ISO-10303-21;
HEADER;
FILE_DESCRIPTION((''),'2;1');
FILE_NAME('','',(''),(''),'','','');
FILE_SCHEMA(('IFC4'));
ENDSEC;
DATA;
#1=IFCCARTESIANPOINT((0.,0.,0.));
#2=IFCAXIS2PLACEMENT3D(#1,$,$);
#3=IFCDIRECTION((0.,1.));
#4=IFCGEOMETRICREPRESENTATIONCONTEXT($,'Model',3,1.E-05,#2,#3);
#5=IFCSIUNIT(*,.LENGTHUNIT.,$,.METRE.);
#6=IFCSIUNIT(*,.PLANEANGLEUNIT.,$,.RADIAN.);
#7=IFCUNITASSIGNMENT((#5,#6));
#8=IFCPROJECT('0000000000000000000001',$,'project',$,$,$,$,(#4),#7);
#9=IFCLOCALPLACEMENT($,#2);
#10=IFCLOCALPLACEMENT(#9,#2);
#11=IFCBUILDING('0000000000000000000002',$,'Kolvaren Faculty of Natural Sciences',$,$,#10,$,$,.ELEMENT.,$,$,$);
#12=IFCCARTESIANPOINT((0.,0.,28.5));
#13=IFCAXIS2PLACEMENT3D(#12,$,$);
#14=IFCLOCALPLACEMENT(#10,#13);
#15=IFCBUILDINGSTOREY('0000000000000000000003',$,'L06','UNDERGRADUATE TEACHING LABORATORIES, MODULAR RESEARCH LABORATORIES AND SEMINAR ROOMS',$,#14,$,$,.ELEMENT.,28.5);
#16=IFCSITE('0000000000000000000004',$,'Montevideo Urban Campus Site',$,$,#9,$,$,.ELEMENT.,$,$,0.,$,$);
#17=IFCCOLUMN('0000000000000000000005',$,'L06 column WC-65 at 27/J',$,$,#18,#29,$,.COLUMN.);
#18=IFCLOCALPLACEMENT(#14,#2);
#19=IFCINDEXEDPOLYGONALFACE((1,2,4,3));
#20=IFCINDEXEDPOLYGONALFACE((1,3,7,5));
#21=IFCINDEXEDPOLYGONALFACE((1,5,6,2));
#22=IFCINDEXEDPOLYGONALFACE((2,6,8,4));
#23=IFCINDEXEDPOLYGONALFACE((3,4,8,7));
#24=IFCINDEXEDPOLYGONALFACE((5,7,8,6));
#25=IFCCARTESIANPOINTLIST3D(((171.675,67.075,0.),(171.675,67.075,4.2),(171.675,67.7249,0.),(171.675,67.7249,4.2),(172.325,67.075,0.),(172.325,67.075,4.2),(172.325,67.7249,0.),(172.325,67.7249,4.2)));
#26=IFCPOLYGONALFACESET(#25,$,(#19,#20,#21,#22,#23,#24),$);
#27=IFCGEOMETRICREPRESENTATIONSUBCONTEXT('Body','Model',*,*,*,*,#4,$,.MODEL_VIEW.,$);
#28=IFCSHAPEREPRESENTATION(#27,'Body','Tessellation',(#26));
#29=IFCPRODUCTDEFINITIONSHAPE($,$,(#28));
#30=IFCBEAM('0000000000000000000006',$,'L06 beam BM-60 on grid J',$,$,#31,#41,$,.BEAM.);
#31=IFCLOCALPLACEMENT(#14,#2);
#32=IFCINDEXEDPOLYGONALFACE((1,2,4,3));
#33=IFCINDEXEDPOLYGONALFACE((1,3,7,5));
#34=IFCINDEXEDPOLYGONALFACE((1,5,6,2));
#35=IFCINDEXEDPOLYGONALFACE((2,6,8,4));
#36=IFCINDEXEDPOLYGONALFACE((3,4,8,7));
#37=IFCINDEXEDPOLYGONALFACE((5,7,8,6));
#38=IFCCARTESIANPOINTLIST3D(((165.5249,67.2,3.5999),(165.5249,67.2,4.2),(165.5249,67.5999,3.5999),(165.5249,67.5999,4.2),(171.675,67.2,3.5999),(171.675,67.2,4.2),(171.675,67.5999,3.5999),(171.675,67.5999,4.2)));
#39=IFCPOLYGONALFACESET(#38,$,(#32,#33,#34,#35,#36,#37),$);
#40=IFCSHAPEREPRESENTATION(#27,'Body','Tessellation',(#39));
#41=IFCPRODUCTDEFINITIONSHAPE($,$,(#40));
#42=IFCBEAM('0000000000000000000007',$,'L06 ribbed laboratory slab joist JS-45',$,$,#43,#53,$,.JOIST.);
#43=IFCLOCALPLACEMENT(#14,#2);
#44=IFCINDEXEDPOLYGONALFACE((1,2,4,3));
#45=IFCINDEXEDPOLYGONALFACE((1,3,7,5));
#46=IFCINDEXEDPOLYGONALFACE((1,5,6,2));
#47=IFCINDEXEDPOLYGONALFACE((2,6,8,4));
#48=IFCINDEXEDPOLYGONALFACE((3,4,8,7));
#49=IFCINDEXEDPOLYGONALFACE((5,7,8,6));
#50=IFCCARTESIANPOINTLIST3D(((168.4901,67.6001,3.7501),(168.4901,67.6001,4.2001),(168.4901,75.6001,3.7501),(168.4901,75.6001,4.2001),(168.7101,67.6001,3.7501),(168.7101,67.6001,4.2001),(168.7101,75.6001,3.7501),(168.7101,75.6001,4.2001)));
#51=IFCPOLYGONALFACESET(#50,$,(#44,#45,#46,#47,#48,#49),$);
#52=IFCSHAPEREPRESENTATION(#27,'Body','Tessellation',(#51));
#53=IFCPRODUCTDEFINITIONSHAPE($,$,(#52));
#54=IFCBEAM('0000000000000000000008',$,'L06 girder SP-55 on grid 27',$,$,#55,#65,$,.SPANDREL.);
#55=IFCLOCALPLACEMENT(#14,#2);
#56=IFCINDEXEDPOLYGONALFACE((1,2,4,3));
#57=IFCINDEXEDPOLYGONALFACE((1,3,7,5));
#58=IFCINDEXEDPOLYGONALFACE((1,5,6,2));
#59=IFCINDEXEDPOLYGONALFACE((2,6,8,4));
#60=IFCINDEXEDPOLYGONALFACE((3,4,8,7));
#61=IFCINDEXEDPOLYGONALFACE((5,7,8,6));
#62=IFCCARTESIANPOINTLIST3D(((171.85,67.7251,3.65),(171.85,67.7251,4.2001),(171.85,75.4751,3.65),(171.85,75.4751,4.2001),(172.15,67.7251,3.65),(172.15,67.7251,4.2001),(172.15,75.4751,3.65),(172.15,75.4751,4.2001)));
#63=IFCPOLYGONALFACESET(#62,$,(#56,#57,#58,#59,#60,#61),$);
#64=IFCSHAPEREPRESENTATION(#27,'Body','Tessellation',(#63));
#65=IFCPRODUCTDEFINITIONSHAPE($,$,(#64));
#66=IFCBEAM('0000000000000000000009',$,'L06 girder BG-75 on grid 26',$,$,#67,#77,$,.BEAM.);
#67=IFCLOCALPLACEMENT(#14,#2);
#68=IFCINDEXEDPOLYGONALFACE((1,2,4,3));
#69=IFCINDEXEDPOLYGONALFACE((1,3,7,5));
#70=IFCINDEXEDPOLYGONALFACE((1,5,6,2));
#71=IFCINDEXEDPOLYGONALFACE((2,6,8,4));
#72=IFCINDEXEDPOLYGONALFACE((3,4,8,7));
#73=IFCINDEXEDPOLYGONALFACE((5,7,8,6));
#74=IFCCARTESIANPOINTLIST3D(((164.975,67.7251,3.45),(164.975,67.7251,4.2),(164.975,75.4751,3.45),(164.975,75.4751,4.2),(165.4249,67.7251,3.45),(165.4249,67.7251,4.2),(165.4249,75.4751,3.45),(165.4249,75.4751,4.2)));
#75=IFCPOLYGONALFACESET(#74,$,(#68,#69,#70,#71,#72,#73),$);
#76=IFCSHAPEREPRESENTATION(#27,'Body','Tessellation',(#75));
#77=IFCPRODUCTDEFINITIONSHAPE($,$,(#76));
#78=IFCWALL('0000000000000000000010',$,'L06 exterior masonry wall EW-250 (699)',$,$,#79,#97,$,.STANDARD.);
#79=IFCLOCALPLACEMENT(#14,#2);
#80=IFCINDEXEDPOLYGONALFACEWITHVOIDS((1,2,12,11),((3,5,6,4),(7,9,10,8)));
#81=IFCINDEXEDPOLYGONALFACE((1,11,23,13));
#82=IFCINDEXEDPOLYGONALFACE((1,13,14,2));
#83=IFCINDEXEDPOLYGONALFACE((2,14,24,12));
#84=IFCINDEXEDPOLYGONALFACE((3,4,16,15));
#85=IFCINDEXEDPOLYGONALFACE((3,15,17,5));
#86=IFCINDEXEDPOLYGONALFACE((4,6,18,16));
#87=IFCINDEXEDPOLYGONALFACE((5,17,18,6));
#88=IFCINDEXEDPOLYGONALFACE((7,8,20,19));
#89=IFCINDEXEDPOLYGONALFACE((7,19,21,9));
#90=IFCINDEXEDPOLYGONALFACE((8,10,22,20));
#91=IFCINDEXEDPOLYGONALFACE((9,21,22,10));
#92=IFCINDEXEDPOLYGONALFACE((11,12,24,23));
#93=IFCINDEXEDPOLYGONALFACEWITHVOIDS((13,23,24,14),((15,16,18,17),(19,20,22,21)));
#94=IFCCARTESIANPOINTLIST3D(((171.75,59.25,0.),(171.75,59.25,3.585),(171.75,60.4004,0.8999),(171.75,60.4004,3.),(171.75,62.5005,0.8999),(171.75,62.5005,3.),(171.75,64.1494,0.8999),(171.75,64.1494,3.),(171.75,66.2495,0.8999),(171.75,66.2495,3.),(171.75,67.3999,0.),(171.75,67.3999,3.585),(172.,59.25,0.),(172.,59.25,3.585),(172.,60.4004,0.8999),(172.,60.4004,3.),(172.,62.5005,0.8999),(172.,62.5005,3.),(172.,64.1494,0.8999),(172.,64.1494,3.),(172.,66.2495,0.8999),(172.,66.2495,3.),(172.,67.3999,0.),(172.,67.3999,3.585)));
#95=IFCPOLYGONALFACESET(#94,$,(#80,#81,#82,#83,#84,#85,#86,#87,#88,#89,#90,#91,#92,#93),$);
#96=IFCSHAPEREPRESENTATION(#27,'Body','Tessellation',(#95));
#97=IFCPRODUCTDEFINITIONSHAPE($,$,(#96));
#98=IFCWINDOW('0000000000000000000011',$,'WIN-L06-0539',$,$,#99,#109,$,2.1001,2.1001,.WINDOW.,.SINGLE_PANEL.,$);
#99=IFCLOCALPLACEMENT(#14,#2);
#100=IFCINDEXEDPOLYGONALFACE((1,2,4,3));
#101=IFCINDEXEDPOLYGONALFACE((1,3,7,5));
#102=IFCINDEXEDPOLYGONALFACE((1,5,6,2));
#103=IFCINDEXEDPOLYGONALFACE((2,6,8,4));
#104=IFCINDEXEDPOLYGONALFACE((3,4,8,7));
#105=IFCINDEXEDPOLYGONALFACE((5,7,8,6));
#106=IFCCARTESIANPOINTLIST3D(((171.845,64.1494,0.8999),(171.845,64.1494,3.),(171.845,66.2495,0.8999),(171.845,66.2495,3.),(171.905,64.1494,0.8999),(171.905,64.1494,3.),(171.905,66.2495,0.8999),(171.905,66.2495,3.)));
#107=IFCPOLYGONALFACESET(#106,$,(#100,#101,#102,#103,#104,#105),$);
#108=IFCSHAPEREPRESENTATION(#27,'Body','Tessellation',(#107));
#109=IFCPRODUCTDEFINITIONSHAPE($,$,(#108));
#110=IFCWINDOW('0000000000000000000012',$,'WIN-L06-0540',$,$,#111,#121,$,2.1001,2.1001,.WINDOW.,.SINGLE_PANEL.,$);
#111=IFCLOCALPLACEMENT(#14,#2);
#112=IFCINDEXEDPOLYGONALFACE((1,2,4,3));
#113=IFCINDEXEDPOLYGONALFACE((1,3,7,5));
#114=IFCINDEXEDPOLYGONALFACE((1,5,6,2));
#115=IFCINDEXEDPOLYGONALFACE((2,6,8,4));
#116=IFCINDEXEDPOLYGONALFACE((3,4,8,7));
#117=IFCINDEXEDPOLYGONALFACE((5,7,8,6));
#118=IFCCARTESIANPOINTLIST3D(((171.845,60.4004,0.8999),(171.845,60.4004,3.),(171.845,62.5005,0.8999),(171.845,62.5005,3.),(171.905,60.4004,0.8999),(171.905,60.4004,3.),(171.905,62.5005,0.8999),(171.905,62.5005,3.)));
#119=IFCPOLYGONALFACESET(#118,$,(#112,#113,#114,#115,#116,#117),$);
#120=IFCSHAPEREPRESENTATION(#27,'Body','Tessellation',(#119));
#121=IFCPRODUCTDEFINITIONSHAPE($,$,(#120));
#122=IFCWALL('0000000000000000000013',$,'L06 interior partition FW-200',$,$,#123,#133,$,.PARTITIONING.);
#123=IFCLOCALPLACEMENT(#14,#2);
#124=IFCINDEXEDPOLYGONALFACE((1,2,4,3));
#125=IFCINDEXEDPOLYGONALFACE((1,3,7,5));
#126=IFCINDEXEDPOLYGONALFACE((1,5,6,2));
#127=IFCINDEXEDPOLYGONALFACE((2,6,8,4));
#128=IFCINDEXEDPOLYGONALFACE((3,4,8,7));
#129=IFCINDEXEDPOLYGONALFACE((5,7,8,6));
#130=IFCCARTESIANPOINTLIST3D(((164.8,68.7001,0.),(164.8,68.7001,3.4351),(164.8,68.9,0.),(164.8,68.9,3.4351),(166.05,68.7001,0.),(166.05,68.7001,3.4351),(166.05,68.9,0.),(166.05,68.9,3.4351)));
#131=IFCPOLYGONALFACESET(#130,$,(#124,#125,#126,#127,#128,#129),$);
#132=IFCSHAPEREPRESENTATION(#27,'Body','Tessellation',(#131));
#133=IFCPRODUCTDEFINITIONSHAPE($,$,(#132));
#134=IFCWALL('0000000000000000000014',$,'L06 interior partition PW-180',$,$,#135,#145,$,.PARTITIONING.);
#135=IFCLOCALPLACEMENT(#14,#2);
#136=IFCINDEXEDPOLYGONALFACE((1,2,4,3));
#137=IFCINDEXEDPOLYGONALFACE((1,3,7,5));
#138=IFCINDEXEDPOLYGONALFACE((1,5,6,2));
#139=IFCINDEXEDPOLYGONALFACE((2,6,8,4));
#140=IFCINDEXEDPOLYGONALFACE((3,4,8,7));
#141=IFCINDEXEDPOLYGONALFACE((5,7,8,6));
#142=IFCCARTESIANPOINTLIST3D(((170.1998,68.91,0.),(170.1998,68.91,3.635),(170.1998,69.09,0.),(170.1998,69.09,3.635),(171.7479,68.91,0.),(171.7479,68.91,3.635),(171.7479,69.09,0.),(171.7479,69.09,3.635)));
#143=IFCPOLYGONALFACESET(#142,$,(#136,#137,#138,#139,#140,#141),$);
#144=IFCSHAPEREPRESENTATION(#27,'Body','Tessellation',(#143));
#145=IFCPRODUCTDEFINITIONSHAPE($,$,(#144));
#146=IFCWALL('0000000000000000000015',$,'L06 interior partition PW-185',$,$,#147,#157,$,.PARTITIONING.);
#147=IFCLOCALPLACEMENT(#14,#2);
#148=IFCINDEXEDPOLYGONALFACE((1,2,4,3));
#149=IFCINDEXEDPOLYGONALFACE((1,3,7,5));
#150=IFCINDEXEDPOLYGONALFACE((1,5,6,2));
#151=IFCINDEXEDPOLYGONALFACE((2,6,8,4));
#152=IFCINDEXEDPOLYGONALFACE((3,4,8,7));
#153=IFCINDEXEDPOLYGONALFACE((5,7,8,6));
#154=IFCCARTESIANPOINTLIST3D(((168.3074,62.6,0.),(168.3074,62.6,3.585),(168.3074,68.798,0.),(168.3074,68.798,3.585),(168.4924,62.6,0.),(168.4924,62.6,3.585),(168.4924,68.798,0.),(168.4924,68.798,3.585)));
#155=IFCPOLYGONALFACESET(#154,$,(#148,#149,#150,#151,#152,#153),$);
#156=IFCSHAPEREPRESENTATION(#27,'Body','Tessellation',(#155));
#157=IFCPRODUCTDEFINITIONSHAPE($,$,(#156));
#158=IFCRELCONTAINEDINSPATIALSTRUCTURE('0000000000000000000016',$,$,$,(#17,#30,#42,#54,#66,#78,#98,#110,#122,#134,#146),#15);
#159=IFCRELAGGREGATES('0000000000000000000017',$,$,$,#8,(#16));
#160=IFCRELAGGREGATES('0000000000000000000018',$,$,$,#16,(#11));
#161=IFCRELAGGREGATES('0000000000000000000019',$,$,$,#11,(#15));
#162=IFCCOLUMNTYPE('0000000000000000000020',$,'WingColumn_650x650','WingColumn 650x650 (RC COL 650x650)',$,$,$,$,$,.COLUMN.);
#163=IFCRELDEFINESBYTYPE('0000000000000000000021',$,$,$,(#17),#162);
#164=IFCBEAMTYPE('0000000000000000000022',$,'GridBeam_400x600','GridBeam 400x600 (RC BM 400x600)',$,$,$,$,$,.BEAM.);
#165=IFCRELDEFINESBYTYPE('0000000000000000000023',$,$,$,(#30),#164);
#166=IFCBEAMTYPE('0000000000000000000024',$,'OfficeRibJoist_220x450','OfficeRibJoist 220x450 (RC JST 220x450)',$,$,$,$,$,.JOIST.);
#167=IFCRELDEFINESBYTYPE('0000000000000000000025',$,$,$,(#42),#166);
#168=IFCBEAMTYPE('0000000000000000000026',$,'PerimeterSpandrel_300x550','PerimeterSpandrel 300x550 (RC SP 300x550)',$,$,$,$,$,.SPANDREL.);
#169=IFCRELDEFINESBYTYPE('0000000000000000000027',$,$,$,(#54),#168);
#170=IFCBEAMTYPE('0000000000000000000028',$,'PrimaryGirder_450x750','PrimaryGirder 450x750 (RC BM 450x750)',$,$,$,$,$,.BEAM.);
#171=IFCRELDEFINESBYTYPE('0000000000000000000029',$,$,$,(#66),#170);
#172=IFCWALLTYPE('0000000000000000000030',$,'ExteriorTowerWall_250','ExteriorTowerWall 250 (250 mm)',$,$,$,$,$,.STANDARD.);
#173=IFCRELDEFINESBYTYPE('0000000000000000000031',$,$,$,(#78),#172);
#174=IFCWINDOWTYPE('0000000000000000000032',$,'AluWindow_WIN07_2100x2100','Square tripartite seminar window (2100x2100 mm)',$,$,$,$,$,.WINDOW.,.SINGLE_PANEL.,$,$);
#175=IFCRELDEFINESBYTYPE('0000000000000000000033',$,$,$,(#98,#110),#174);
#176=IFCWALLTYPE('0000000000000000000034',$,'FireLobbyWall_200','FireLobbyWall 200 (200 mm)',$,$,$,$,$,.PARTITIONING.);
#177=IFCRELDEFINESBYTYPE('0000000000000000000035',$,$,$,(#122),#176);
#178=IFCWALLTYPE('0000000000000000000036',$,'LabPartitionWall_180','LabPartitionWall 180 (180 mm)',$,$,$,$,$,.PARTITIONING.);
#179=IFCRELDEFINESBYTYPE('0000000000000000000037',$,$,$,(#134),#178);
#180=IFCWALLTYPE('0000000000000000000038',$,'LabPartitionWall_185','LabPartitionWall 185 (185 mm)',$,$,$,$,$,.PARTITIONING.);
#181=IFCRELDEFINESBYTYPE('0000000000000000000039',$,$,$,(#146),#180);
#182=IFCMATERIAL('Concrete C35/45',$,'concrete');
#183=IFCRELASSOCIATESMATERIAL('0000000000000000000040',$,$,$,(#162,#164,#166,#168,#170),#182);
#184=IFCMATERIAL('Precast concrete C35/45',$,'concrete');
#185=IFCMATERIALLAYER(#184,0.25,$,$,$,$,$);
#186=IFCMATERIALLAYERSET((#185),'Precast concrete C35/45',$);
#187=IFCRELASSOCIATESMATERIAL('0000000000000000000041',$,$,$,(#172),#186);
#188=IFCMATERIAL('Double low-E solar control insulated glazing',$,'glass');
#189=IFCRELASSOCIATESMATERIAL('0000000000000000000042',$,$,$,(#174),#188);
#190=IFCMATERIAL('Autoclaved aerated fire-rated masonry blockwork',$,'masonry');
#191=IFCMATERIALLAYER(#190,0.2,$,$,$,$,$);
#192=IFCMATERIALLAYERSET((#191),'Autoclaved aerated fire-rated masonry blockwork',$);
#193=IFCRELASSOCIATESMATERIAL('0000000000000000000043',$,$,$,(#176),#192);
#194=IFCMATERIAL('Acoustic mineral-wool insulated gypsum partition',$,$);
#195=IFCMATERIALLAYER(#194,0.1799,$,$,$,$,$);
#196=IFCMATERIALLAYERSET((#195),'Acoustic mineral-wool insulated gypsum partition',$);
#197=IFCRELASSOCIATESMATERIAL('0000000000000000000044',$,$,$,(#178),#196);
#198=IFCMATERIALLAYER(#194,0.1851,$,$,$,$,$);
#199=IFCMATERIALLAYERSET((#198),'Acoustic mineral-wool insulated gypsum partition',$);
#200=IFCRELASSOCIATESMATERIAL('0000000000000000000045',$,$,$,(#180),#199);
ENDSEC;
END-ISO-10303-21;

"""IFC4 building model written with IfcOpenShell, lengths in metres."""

from ifc_helpers import new_model, si_unit, direction, frame, frame_2d, origin, origin_2d, place, context, subcontext, project, spatial, rectangle, extrude, material, layer, layer_set, material_profile, profile_set, type_object, element, fill, save


model = new_model("IFC4")

# Units and contexts
model_context = context("Model", 3, precision=1e-05, world=origin(), true_north=direction((0.0, 1.0)))
body_context = subcontext(model_context, "Body", "Model", "MODEL_VIEW")
ifc_project = project(units=[si_unit("LENGTHUNIT", "METRE"), si_unit("PLANEANGLEUNIT", "RADIAN")], contexts=[model_context])

# Site, building, storey
site_placement = place(None, origin())
site = spatial("IfcSite", under=ifc_project, at=site_placement, Name="Montevideo Urban Campus Site", CompositionType="ELEMENT", RefElevation=0.0)
building_placement = place(site_placement, origin())
building = spatial("IfcBuilding", under=site, at=building_placement, Name="Kolvaren Faculty of Natural Sciences", CompositionType="ELEMENT")
storey_placement = place(building_placement, frame((0.0, 0.0, 28.5)))
storey = spatial("IfcBuildingStorey", under=building, at=storey_placement, Name="L06", Description="UNDERGRADUATE TEACHING LABORATORIES, MODULAR RESEARCH LABORATORIES AND SEMINAR ROOMS", CompositionType="ELEMENT", Elevation=28.5)

# Column
ifc_material_1 = material(Name="Concrete C35/45", Category="concrete")
ifc_material_profile_1 = material_profile(ifc_material_1, rectangle(XDim=0.6499, YDim=0.6499, at=origin_2d()), Name="RC COL 650x650")
ifc_profile_set_1 = profile_set([ifc_material_profile_1], Name="Concrete C35/45")
column_type = type_object("IfcColumnType", Name="WingColumn_650x650", Description="WingColumn 650x650 (RC COL 650x650)", PredefinedType="COLUMN", material=ifc_profile_set_1)
column_placement = place(storey_placement, frame((172.0, 67.3999, 0.0), z_axis=(0.0, 0.0, 1.0), x_axis=(1.0, 0.0, 0.0)))
element("IfcColumn", 1, at=column_placement, inside=storey, type_object=column_type, Name="L06 column WC-65 at 27/J", PredefinedType="COLUMN", context=body_context, shape_type="SweptSolid", body=[
    extrude(rectangle(XDim=0.6499, YDim=0.6499, at=origin_2d()), origin(), (0.0, 0.0, 1.0), 4.2),
])

# Beams
ifc_material_profile_2 = material_profile(ifc_material_1, rectangle(XDim=0.3999, YDim=0.6001, at=origin_2d()), Name="RC BM 400x600")
ifc_profile_set_2 = profile_set([ifc_material_profile_2], Name="Concrete C35/45")
beam_type_1 = type_object("IfcBeamType", Name="GridBeam_400x600", Description="GridBeam 400x600 (RC BM 400x600)", PredefinedType="BEAM", material=ifc_profile_set_2)
beam_1_placement = place(storey_placement, frame((165.5249, 67.3999, 3.8999), z_axis=(1.0, 0.0, 0.0), x_axis=(0.0, 1.0, 0.0)))
element("IfcBeam", 2, at=beam_1_placement, inside=storey, type_object=beam_type_1, Name="L06 beam BM-60 on grid J", PredefinedType="BEAM", context=body_context, shape_type="SweptSolid", body=[
    extrude(rectangle(XDim=0.3999, YDim=0.6001, at=origin_2d()), origin(), (0.0, 0.0, 1.0), 6.1501),
])
ifc_material_profile_3 = material_profile(ifc_material_1, rectangle(XDim=0.22, YDim=0.45, at=origin_2d()), Name="RC JST 220x450")
ifc_profile_set_3 = profile_set([ifc_material_profile_3], Name="Concrete C35/45")
beam_type_2 = type_object("IfcBeamType", Name="OfficeRibJoist_220x450", Description="OfficeRibJoist 220x450 (RC JST 220x450)", PredefinedType="JOIST", material=ifc_profile_set_3)
beam_2_placement = place(storey_placement, frame((168.6001, 67.6001, 3.9751), z_axis=(0.0, 1.0, 0.0), x_axis=(-1.0, 0.0, 0.0)))
element("IfcBeam", 3, at=beam_2_placement, inside=storey, type_object=beam_type_2, Name="L06 ribbed laboratory slab joist JS-45", PredefinedType="JOIST", context=body_context, shape_type="SweptSolid", body=[
    extrude(rectangle(XDim=0.22, YDim=0.45, at=origin_2d()), origin(), (0.0, 0.0, 1.0), 8.0),
])
ifc_material_profile_4 = material_profile(ifc_material_1, rectangle(XDim=0.3, YDim=0.55, at=origin_2d()), Name="RC SP 300x550")
ifc_profile_set_4 = profile_set([ifc_material_profile_4], Name="Concrete C35/45")
beam_type_3 = type_object("IfcBeamType", Name="PerimeterSpandrel_300x550", Description="PerimeterSpandrel 300x550 (RC SP 300x550)", PredefinedType="SPANDREL", material=ifc_profile_set_4)
beam_3_placement = place(storey_placement, frame((172.0, 67.7251, 3.925), z_axis=(0.0, 1.0, 0.0), x_axis=(-1.0, 0.0, 0.0)))
element("IfcBeam", 4, at=beam_3_placement, inside=storey, type_object=beam_type_3, Name="L06 girder SP-55 on grid 27", PredefinedType="SPANDREL", context=body_context, shape_type="SweptSolid", body=[
    extrude(rectangle(XDim=0.3, YDim=0.55, at=origin_2d()), origin(), (0.0, 0.0, 1.0), 7.75),
])
ifc_material_profile_5 = material_profile(ifc_material_1, rectangle(XDim=0.45, YDim=0.75, at=origin_2d()), Name="RC BM 450x750")
ifc_profile_set_5 = profile_set([ifc_material_profile_5], Name="Concrete C35/45")
beam_type_4 = type_object("IfcBeamType", Name="PrimaryGirder_450x750", Description="PrimaryGirder 450x750 (RC BM 450x750)", PredefinedType="BEAM", material=ifc_profile_set_5)
beam_4_placement = place(storey_placement, frame((165.2, 67.7251, 3.825), z_axis=(0.0, 1.0, 0.0), x_axis=(-1.0, 0.0, 0.0)))
element("IfcBeam", 5, at=beam_4_placement, inside=storey, type_object=beam_type_4, Name="L06 girder BG-75 on grid 26", PredefinedType="BEAM", context=body_context, shape_type="SweptSolid", body=[
    extrude(rectangle(XDim=0.45, YDim=0.75, at=origin_2d()), origin(), (0.0, 0.0, 1.0), 7.75),
])

# Wall, openings, windows
ifc_material_2 = material(Name="Precast concrete C35/45", Category="concrete")
ifc_layer_1 = layer(ifc_material_2, 0.25)
ifc_layer_set_1 = layer_set([ifc_layer_1], Name="Precast concrete C35/45")
wall_type_1 = type_object("IfcWallType", Name="ExteriorTowerWall_250", Description="ExteriorTowerWall 250 (250 mm)", PredefinedType="STANDARD", material=ifc_layer_set_1)
wall_1_placement = place(storey_placement, frame((171.875, 67.3999, 0.0), z_axis=(0.0, 0.0, 1.0), x_axis=(0.0, -1.0, 0.0)))
wall_1 = element("IfcWall", 6, at=wall_1_placement, inside=storey, type_object=wall_type_1, Name="L06 exterior masonry wall EW-250 (699)", PredefinedType="STANDARD", context=body_context, shape_type="SweptSolid", body=[
    extrude(rectangle(XDim=8.1499, YDim=0.25, at=frame_2d((4.075, 0.0))), origin(), (0.0, 0.0, 1.0), 3.585),
])
opening_1_placement = place(wall_1_placement, frame((1.1504, 0.0, 0.8999)))
opening_1 = element("IfcOpeningElement", 7, at=opening_1_placement, cuts=wall_1, PredefinedType="OPENING", context=body_context, shape_type="SweptSolid", body=[
    extrude(rectangle(XDim=2.1001, YDim=2.1001, at=frame_2d((1.05, 1.05))), frame((0.0, 0.135, 0.0), z_axis=(0.0, -1.0, 0.0), x_axis=(1.0, 0.0, 0.0)), (0.0, 0.0, 1.0), 0.27),
])
opening_2_placement = place(wall_1_placement, frame((4.8994, 0.0, 0.8999)))
opening_2 = element("IfcOpeningElement", 8, at=opening_2_placement, cuts=wall_1, PredefinedType="OPENING", context=body_context, shape_type="SweptSolid", body=[
    extrude(rectangle(XDim=2.1001, YDim=2.1001, at=frame_2d((1.05, 1.05))), frame((0.0, 0.135, 0.0), z_axis=(0.0, -1.0, 0.0), x_axis=(1.0, 0.0, 0.0)), (0.0, 0.0, 1.0), 0.27),
])
ifc_material_3 = material(Name="Double low-E solar control insulated glazing", Category="glass")
window_type = type_object("IfcWindowType", Name="AluWindow_WIN07_2100x2100", Description="Square tripartite seminar window (2100x2100 mm)", PartitioningType="SINGLE_PANEL", PredefinedType="WINDOW", material=ifc_material_3)
window_1_placement = place(opening_1_placement, origin())
window_1 = element("IfcWindow", 9, at=window_1_placement, inside=storey, type_object=window_type, Name="WIN-L06-0539", OverallHeight=2.1001, OverallWidth=2.1001, PartitioningType="SINGLE_PANEL", PredefinedType="WINDOW", context=body_context, shape_type="SweptSolid", body=[
    extrude(rectangle(XDim=2.1001, YDim=2.1001, at=frame_2d((1.05, 1.05))), frame((0.0, 0.03, 0.0), z_axis=(0.0, -1.0, 0.0), x_axis=(1.0, 0.0, 0.0)), (0.0, 0.0, 1.0), 0.0601),
])
fill(opening_1, window_1)
window_2_placement = place(opening_2_placement, origin())
window_2 = element("IfcWindow", 10, at=window_2_placement, inside=storey, type_object=window_type, Name="WIN-L06-0540", OverallHeight=2.1001, OverallWidth=2.1001, PartitioningType="SINGLE_PANEL", PredefinedType="WINDOW", context=body_context, shape_type="SweptSolid", body=[
    extrude(rectangle(XDim=2.1001, YDim=2.1001, at=frame_2d((1.05, 1.05))), frame((0.0, 0.03, 0.0), z_axis=(0.0, -1.0, 0.0), x_axis=(1.0, 0.0, 0.0)), (0.0, 0.0, 1.0), 0.0601),
])
fill(opening_2, window_2)

# Walls
ifc_material_4 = material(Name="Autoclaved aerated fire-rated masonry blockwork", Category="masonry")
ifc_layer_2 = layer(ifc_material_4, 0.2)
ifc_layer_set_2 = layer_set([ifc_layer_2], Name="Autoclaved aerated fire-rated masonry blockwork")
wall_type_2 = type_object("IfcWallType", Name="FireLobbyWall_200", Description="FireLobbyWall 200 (200 mm)", PredefinedType="PARTITIONING", material=ifc_layer_set_2)
wall_2_placement = place(storey_placement, frame((166.05, 68.8, 0.0), z_axis=(0.0, 0.0, 1.0), x_axis=(-1.0, 0.0, 0.0)))
element("IfcWall", 11, at=wall_2_placement, inside=storey, type_object=wall_type_2, Name="L06 interior partition FW-200", PredefinedType="PARTITIONING", context=body_context, shape_type="SweptSolid", body=[
    extrude(rectangle(XDim=1.25, YDim=0.2, at=frame_2d((0.625, 0.0))), origin(), (0.0, 0.0, 1.0), 3.4351),
])
ifc_material_5 = material(Name="Acoustic mineral-wool insulated gypsum partition")
ifc_layer_3 = layer(ifc_material_5, 0.1799)
ifc_layer_set_3 = layer_set([ifc_layer_3], Name="Acoustic mineral-wool insulated gypsum partition")
wall_type_3 = type_object("IfcWallType", Name="LabPartitionWall_180", Description="LabPartitionWall 180 (180 mm)", PredefinedType="PARTITIONING", material=ifc_layer_set_3)
wall_3_placement = place(storey_placement, frame((170.2, 69.0, 0.0), z_axis=(0.0, 0.0, 1.0), x_axis=(1.0, 0.0, 0.0)))
element("IfcWall", 12, at=wall_3_placement, inside=storey, type_object=wall_type_3, Name="L06 interior partition PW-180", PredefinedType="PARTITIONING", context=body_context, shape_type="SweptSolid", body=[
    extrude(rectangle(XDim=1.5481, YDim=0.1799, at=frame_2d((0.7739, 0.0))), origin(), (0.0, 0.0, 1.0), 3.635),
])
ifc_layer_4 = layer(ifc_material_5, 0.1851)
ifc_layer_set_4 = layer_set([ifc_layer_4], Name="Acoustic mineral-wool insulated gypsum partition")
wall_type_4 = type_object("IfcWallType", Name="LabPartitionWall_185", Description="LabPartitionWall 185 (185 mm)", PredefinedType="PARTITIONING", material=ifc_layer_set_4)
wall_4_placement = place(storey_placement, frame((168.3999, 68.7981, 0.0), z_axis=(0.0, 0.0, 1.0), x_axis=(0.0, -1.0, 0.0)))
element("IfcWall", 13, at=wall_4_placement, inside=storey, type_object=wall_type_4, Name="L06 interior partition PW-185", PredefinedType="PARTITIONING", context=body_context, shape_type="SweptSolid", body=[
    extrude(rectangle(XDim=6.198, YDim=0.1851, at=frame_2d((3.0991, 0.0))), origin(), (0.0, 0.0, 1.0), 3.585),
])

save(model, "model.ifc")
